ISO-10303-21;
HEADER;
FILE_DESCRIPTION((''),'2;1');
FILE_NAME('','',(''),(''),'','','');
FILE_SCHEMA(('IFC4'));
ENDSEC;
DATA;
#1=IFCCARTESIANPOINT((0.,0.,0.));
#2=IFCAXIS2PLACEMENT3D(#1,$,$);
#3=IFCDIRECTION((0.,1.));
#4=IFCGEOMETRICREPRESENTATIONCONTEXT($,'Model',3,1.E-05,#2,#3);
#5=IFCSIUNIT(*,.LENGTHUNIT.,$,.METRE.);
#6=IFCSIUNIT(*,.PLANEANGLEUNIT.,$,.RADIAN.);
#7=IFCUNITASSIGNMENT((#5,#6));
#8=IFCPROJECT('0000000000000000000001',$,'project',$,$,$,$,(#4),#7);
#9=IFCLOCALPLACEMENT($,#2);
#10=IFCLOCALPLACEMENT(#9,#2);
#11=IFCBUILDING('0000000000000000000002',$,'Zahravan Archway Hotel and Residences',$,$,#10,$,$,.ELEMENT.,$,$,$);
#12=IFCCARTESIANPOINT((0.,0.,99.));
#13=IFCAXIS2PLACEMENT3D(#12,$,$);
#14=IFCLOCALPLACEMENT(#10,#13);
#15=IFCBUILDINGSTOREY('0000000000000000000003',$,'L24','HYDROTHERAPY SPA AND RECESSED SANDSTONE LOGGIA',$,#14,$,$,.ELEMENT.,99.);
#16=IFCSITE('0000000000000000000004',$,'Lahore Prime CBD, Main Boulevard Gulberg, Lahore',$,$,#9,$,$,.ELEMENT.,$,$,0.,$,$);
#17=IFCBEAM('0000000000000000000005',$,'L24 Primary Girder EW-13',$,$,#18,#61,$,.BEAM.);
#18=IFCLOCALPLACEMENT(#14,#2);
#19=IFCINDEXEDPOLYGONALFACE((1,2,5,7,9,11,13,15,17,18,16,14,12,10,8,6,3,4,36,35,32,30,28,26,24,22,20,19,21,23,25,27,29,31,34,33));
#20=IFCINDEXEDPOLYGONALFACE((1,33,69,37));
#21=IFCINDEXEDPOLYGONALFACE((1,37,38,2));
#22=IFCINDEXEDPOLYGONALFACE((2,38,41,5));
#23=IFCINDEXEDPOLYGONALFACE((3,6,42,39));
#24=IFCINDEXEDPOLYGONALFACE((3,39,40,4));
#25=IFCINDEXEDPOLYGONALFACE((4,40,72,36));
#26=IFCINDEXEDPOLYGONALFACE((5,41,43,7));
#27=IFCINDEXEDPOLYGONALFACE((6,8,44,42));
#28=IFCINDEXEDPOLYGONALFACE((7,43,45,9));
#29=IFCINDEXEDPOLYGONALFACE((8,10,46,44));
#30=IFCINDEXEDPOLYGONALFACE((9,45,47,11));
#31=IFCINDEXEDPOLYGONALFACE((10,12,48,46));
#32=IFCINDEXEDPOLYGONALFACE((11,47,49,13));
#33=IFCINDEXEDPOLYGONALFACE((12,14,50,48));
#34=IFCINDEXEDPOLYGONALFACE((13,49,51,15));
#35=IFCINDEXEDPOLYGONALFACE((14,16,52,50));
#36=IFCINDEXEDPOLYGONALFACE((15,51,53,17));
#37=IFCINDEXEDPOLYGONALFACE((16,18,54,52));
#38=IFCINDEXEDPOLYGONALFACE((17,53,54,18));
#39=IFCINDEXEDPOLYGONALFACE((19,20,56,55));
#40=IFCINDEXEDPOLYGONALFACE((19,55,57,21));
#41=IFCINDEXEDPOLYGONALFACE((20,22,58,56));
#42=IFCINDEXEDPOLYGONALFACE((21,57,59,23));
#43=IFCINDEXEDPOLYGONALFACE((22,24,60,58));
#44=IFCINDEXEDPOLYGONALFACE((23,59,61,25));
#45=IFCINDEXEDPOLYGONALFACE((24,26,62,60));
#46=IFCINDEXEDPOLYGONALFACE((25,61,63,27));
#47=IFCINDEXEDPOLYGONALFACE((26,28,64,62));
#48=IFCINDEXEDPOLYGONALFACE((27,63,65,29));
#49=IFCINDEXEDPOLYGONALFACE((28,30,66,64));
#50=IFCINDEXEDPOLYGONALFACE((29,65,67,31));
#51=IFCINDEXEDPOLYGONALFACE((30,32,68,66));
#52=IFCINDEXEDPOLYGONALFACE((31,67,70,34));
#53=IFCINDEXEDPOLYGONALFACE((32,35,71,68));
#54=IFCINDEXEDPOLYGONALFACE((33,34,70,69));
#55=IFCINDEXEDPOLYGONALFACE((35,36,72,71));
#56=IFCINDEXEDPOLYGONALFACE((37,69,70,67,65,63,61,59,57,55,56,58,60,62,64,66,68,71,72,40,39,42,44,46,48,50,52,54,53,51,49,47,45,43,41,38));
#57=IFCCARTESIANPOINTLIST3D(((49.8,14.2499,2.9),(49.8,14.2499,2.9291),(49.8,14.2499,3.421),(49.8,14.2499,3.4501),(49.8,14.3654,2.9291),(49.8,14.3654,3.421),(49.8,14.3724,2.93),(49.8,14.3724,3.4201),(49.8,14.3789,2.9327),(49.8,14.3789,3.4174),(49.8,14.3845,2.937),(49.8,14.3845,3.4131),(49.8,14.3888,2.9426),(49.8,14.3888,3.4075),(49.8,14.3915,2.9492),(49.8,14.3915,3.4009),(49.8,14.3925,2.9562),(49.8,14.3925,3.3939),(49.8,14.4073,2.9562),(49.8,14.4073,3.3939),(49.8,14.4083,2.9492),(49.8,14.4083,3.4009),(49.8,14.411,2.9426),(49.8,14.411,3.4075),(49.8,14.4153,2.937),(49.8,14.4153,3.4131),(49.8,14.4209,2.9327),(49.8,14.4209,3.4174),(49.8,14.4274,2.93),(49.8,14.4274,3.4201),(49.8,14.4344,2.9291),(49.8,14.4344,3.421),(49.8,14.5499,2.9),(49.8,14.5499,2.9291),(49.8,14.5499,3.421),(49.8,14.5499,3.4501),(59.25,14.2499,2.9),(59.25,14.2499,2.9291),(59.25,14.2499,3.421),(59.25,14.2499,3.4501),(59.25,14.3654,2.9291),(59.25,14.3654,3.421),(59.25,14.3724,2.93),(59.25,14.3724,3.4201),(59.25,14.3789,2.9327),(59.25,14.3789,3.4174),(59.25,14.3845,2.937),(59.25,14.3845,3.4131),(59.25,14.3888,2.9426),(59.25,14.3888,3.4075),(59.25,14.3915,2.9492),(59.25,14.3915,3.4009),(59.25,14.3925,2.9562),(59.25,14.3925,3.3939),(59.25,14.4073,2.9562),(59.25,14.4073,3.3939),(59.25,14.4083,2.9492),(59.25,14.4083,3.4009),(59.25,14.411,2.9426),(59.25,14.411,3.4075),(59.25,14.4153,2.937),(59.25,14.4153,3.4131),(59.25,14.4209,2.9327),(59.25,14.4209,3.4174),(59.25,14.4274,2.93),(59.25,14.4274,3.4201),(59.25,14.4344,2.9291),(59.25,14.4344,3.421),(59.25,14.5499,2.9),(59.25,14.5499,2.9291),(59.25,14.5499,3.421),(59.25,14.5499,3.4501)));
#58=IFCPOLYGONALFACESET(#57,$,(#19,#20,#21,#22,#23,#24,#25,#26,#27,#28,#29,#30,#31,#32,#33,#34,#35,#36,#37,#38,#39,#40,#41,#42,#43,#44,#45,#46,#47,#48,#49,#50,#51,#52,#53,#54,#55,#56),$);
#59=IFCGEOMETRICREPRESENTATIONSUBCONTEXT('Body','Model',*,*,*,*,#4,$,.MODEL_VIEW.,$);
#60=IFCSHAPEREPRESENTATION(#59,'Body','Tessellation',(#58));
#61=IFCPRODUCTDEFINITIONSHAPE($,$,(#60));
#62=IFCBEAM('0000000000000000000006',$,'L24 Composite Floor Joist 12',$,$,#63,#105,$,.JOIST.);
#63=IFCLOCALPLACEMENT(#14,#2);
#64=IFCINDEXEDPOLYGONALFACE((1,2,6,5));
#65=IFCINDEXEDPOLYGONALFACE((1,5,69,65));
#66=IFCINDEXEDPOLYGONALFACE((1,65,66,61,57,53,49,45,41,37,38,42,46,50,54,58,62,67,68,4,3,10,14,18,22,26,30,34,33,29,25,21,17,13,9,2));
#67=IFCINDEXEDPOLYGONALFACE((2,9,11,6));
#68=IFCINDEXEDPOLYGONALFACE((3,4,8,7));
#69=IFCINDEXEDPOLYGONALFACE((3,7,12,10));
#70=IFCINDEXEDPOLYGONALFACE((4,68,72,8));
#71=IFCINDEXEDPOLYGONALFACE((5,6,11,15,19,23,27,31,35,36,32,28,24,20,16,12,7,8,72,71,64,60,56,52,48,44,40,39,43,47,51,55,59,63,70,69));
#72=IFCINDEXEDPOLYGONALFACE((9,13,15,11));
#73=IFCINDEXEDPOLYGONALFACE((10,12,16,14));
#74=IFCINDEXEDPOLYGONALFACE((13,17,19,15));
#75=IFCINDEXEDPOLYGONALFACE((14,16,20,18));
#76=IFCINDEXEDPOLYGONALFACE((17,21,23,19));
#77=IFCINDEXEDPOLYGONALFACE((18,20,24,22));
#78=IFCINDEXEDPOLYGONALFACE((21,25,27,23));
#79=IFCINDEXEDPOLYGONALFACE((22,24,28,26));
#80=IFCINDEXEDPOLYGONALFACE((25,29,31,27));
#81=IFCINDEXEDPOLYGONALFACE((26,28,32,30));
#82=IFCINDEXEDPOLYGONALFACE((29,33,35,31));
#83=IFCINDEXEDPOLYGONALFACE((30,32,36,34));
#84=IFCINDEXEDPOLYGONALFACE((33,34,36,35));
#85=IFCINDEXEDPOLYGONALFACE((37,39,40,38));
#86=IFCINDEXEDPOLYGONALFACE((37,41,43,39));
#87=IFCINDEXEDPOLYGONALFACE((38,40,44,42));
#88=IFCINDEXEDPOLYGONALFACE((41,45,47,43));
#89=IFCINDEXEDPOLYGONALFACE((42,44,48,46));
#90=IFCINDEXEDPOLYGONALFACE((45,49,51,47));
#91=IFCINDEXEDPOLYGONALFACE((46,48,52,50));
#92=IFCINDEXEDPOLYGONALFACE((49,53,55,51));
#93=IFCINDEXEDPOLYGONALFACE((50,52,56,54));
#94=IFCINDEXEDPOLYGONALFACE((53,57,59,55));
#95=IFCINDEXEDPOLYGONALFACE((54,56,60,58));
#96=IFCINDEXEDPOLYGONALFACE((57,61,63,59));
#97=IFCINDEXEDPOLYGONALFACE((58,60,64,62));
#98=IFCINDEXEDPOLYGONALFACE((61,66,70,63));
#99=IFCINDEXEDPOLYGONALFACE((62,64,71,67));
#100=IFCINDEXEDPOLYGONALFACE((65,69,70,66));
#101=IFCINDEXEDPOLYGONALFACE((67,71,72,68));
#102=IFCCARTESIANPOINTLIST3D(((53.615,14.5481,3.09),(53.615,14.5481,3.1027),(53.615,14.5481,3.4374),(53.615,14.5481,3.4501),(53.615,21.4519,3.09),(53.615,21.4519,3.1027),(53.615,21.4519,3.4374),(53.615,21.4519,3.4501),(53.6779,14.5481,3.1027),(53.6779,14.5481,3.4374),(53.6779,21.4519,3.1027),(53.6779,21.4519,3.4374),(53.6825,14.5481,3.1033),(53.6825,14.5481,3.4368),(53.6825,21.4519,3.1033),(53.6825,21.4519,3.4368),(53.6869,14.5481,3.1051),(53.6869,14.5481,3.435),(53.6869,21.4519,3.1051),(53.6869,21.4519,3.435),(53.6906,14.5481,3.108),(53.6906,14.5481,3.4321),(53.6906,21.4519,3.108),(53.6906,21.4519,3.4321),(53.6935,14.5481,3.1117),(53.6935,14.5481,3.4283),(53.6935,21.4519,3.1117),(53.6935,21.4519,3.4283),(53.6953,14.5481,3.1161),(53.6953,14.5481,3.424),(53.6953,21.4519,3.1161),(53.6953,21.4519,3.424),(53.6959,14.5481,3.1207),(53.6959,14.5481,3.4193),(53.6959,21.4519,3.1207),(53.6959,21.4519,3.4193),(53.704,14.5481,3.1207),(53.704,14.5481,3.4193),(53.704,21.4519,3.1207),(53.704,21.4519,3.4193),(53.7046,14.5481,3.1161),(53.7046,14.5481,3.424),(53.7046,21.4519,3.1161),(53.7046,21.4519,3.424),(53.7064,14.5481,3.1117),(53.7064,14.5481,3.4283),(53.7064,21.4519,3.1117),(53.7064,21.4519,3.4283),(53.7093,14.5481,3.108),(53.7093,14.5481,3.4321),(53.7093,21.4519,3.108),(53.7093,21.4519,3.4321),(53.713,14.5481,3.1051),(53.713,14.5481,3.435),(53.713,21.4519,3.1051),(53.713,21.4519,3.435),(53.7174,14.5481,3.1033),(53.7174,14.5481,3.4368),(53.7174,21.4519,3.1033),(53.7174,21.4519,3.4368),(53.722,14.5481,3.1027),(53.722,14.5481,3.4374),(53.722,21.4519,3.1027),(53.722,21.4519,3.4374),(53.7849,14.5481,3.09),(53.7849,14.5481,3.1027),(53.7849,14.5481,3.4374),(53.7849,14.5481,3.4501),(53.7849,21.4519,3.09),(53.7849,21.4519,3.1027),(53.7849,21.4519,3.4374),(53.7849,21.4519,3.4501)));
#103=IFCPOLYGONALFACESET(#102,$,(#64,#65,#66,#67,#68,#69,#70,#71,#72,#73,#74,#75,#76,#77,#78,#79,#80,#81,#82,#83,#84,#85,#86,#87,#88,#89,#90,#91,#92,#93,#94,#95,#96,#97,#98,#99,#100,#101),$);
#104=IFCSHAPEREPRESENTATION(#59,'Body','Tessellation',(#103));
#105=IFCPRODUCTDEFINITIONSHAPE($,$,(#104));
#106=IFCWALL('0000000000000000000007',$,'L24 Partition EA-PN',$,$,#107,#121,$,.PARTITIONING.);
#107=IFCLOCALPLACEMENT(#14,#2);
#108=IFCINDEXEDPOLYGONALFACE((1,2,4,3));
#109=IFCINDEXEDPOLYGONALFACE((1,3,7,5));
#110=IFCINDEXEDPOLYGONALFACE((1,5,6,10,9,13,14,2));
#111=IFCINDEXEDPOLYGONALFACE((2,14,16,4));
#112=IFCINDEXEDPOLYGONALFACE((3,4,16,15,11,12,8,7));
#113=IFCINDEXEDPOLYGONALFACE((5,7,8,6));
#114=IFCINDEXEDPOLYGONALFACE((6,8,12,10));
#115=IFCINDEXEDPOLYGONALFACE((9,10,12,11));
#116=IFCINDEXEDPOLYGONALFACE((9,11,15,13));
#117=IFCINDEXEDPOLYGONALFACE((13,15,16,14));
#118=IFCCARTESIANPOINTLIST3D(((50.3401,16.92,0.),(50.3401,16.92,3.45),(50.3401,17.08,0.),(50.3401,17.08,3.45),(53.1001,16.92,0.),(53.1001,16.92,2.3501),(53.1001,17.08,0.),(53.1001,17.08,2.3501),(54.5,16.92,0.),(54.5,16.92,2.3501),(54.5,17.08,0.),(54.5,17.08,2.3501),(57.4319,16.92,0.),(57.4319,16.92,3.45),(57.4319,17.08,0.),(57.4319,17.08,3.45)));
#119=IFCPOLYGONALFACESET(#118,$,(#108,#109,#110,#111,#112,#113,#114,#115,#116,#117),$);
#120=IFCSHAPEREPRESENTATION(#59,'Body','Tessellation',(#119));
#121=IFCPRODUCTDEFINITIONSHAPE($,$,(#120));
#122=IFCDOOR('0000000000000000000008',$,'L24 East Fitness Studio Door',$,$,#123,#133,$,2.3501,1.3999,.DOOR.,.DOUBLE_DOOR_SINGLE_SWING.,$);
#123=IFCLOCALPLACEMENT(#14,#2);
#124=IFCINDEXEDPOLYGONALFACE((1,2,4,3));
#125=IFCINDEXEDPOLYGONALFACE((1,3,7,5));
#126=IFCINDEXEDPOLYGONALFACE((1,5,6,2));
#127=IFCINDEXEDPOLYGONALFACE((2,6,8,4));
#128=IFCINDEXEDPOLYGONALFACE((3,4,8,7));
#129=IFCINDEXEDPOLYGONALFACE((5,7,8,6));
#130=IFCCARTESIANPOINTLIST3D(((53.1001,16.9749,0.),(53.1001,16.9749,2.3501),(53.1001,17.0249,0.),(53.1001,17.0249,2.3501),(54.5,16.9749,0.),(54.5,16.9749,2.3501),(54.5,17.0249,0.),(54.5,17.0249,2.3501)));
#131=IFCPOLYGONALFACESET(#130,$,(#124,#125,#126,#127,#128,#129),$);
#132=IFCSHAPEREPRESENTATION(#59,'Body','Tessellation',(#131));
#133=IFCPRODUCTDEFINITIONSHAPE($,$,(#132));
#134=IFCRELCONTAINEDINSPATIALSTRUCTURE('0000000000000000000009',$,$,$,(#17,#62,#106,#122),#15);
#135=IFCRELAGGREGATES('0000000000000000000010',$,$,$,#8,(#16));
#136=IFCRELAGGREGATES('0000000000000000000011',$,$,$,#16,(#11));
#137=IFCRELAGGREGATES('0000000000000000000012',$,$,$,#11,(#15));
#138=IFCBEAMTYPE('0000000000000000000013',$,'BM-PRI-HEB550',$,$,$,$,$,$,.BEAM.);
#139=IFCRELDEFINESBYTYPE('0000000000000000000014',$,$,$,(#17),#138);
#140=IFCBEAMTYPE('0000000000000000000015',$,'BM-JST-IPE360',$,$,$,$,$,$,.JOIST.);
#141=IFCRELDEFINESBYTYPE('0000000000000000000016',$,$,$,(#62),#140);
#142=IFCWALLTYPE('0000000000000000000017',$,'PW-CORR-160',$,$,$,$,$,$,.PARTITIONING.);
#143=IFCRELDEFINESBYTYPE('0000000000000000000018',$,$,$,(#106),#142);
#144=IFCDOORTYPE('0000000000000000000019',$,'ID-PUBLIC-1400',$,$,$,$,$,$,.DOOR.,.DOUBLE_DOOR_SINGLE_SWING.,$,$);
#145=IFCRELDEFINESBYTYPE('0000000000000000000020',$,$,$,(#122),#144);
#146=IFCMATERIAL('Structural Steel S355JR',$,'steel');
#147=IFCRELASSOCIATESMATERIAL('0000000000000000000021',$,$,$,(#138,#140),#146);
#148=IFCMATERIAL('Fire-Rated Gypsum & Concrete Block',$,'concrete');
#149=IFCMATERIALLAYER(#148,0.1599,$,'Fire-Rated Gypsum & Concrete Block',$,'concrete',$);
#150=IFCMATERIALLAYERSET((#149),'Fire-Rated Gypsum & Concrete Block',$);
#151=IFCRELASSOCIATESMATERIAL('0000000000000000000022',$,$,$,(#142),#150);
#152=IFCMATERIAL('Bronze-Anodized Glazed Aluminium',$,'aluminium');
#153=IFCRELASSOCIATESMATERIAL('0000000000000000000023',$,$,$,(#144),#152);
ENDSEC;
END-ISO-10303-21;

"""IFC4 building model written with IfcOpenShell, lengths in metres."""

from ifc_helpers import new_model, si_unit, direction, frame, frame_2d, origin, origin_2d, place, context, subcontext, project, spatial, rectangle, i_section, extrude, source, transform, mapped, material, layer, layer_set, material_profile, profile_set, type_object, type_shapes, element, fill, save


model = new_model("IFC4")

# Units and contexts
model_context = context("Model", 3, precision=1e-05, world=origin(), true_north=direction((0.0, 1.0)))
body_context = subcontext(model_context, "Body", "Model", "MODEL_VIEW")
ifc_project = project(units=[si_unit("LENGTHUNIT", "METRE"), si_unit("PLANEANGLEUNIT", "RADIAN")], contexts=[model_context])

# Site, building, storey
site_placement = place(None, origin())
site = spatial("IfcSite", under=ifc_project, at=site_placement, Name="Lahore Prime CBD, Main Boulevard Gulberg, Lahore", CompositionType="ELEMENT", RefElevation=0.0)
building_placement = place(site_placement, origin())
building = spatial("IfcBuilding", under=site, at=building_placement, Name="Zahravan Archway Hotel and Residences", CompositionType="ELEMENT")
storey_placement = place(building_placement, frame((0.0, 0.0, 99.0)))
storey = spatial("IfcBuildingStorey", under=building, at=storey_placement, Name="L24", Description="HYDROTHERAPY SPA AND RECESSED SANDSTONE LOGGIA", CompositionType="ELEMENT", Elevation=99.0)

# Beams
ifc_material_1 = material(Name="Structural Steel S355JR", Category="steel")
ifc_material_profile_1 = material_profile(ifc_material_1, i_section(OverallWidth=0.3, OverallDepth=0.55, WebThickness=0.0149, FlangeThickness=0.0291, FilletRadius=0.0271, at=origin_2d()), Name="HEB 550", Category="steel")
ifc_profile_set_1 = profile_set([ifc_material_profile_1], Name="Structural Steel S355JR")
beam_type_1 = type_object("IfcBeamType", Name="BM-PRI-HEB550", PredefinedType="BEAM", material=ifc_profile_set_1)
shared_shape_1 = source(origin(), body_context, "Body", "SweptSolid", [
    extrude(i_section(OverallWidth=0.3, OverallDepth=0.55, WebThickness=0.0149, FlangeThickness=0.0291, FilletRadius=0.0271, at=origin_2d()), origin(), (0.0, 0.0, 1.0), 9.45),
])
beam_1_placement = place(storey_placement, frame((49.8, 14.3999, 3.175), z_axis=(1.0, 0.0, 0.0), x_axis=(0.0, 1.0, 0.0)))
element("IfcBeam", 1, at=beam_1_placement, inside=storey, type_object=beam_type_1, Name="L24 Primary Girder EW-13", PredefinedType="BEAM", context=body_context, shape_type="MappedRepresentation", body=[
    mapped(shared_shape_1, transform((0.0, 0.0, 0.0), scale=1.0)),
])
ifc_material_profile_2 = material_profile(ifc_material_1, i_section(OverallWidth=0.1699, OverallDepth=0.3601, WebThickness=0.0081, FlangeThickness=0.0127, FilletRadius=0.0181, at=origin_2d()), Name="IPE 360", Category="steel")
ifc_profile_set_2 = profile_set([ifc_material_profile_2], Name="Structural Steel S355JR")
beam_type_2 = type_object("IfcBeamType", Name="BM-JST-IPE360", PredefinedType="JOIST", material=ifc_profile_set_2)
shared_shape_2 = source(origin(), body_context, "Body", "SweptSolid", [
    extrude(i_section(OverallWidth=0.1699, OverallDepth=0.3601, WebThickness=0.0081, FlangeThickness=0.0127, FilletRadius=0.0181, at=origin_2d()), origin(), (0.0, 0.0, 1.0), 6.9038),
])
beam_2_placement = place(storey_placement, frame((53.7, 14.5481, 3.27), z_axis=(0.0, 1.0, 0.0), x_axis=(-1.0, 0.0, 0.0)))
element("IfcBeam", 2, at=beam_2_placement, inside=storey, type_object=beam_type_2, Name="L24 Composite Floor Joist 12", PredefinedType="JOIST", context=body_context, shape_type="MappedRepresentation", body=[
    mapped(shared_shape_2, transform((0.0, 0.0, 0.0), scale=1.0)),
])

# Wall, opening, door
ifc_material_2 = material(Name="Fire-Rated Gypsum & Concrete Block", Category="concrete")
ifc_layer_1 = layer(ifc_material_2, 0.1599, Name="Fire-Rated Gypsum & Concrete Block", Category="concrete")
ifc_layer_set_1 = layer_set([ifc_layer_1], Name="Fire-Rated Gypsum & Concrete Block")
wall_type_1 = type_object("IfcWallType", Name="PW-CORR-160", PredefinedType="PARTITIONING", material=ifc_layer_set_1)
wall_1_placement = place(storey_placement, frame((50.3401, 17.0, 0.0), z_axis=(0.0, 0.0, 1.0), x_axis=(1.0, 0.0, 0.0)))
wall_1 = element("IfcWall", 3, at=wall_1_placement, inside=storey, type_object=wall_type_1, Name="L24 Partition EA-PN", PredefinedType="PARTITIONING", context=body_context, shape_type="SweptSolid", body=[
    extrude(rectangle(XDim=7.0918, YDim=0.1599, at=frame_2d((3.5459, 0.0))), origin(), (0.0, 0.0, 1.0), 3.45),
])
opening_1_placement = place(wall_1_placement, frame((2.76, 0.0, 0.0)))
opening_1 = element("IfcOpeningElement", 4, at=opening_1_placement, cuts=wall_1, PredefinedType="OPENING", context=body_context, shape_type="SweptSolid", body=[
    extrude(rectangle(XDim=1.3999, YDim=2.3501, at=frame_2d((0.7, 1.175))), frame((0.0, 0.0898, 0.0), z_axis=(0.0, -1.0, 0.0), x_axis=(1.0, 0.0, 0.0)), (0.0, 0.0, 1.0), 0.1799),
])
ifc_material_3 = material(Name="Bronze-Anodized Glazed Aluminium", Category="aluminium")
door_type_1 = type_object("IfcDoorType", Name="ID-PUBLIC-1400", OperationType="DOUBLE_DOOR_SINGLE_SWING", PredefinedType="DOOR", material=ifc_material_3)
shared_shape_3 = source(origin(), body_context, "Body", "SweptSolid", [
    extrude(rectangle(XDim=1.3999, YDim=2.3501, at=frame_2d((0.7, 1.175))), frame((0.0, 0.0249, 0.0), z_axis=(0.0, -1.0, 0.0), x_axis=(1.0, 0.0, 0.0)), (0.0, 0.0, 1.0), 0.05),
])
type_shapes(door_type_1, [shared_shape_3])
door_1_placement = place(opening_1_placement, origin())
door_1 = element("IfcDoor", 5, at=door_1_placement, inside=storey, type_object=door_type_1, Name="L24 East Fitness Studio Door", OperationType="DOUBLE_DOOR_SINGLE_SWING", OverallHeight=2.3501, OverallWidth=1.3999, PredefinedType="DOOR", context=body_context, shape_type="MappedRepresentation", body=[
    mapped(shared_shape_3, transform((0.0, 0.0, 0.0), scale=1.0)),
])
fill(opening_1, door_1)

save(model, "model.ifc")
